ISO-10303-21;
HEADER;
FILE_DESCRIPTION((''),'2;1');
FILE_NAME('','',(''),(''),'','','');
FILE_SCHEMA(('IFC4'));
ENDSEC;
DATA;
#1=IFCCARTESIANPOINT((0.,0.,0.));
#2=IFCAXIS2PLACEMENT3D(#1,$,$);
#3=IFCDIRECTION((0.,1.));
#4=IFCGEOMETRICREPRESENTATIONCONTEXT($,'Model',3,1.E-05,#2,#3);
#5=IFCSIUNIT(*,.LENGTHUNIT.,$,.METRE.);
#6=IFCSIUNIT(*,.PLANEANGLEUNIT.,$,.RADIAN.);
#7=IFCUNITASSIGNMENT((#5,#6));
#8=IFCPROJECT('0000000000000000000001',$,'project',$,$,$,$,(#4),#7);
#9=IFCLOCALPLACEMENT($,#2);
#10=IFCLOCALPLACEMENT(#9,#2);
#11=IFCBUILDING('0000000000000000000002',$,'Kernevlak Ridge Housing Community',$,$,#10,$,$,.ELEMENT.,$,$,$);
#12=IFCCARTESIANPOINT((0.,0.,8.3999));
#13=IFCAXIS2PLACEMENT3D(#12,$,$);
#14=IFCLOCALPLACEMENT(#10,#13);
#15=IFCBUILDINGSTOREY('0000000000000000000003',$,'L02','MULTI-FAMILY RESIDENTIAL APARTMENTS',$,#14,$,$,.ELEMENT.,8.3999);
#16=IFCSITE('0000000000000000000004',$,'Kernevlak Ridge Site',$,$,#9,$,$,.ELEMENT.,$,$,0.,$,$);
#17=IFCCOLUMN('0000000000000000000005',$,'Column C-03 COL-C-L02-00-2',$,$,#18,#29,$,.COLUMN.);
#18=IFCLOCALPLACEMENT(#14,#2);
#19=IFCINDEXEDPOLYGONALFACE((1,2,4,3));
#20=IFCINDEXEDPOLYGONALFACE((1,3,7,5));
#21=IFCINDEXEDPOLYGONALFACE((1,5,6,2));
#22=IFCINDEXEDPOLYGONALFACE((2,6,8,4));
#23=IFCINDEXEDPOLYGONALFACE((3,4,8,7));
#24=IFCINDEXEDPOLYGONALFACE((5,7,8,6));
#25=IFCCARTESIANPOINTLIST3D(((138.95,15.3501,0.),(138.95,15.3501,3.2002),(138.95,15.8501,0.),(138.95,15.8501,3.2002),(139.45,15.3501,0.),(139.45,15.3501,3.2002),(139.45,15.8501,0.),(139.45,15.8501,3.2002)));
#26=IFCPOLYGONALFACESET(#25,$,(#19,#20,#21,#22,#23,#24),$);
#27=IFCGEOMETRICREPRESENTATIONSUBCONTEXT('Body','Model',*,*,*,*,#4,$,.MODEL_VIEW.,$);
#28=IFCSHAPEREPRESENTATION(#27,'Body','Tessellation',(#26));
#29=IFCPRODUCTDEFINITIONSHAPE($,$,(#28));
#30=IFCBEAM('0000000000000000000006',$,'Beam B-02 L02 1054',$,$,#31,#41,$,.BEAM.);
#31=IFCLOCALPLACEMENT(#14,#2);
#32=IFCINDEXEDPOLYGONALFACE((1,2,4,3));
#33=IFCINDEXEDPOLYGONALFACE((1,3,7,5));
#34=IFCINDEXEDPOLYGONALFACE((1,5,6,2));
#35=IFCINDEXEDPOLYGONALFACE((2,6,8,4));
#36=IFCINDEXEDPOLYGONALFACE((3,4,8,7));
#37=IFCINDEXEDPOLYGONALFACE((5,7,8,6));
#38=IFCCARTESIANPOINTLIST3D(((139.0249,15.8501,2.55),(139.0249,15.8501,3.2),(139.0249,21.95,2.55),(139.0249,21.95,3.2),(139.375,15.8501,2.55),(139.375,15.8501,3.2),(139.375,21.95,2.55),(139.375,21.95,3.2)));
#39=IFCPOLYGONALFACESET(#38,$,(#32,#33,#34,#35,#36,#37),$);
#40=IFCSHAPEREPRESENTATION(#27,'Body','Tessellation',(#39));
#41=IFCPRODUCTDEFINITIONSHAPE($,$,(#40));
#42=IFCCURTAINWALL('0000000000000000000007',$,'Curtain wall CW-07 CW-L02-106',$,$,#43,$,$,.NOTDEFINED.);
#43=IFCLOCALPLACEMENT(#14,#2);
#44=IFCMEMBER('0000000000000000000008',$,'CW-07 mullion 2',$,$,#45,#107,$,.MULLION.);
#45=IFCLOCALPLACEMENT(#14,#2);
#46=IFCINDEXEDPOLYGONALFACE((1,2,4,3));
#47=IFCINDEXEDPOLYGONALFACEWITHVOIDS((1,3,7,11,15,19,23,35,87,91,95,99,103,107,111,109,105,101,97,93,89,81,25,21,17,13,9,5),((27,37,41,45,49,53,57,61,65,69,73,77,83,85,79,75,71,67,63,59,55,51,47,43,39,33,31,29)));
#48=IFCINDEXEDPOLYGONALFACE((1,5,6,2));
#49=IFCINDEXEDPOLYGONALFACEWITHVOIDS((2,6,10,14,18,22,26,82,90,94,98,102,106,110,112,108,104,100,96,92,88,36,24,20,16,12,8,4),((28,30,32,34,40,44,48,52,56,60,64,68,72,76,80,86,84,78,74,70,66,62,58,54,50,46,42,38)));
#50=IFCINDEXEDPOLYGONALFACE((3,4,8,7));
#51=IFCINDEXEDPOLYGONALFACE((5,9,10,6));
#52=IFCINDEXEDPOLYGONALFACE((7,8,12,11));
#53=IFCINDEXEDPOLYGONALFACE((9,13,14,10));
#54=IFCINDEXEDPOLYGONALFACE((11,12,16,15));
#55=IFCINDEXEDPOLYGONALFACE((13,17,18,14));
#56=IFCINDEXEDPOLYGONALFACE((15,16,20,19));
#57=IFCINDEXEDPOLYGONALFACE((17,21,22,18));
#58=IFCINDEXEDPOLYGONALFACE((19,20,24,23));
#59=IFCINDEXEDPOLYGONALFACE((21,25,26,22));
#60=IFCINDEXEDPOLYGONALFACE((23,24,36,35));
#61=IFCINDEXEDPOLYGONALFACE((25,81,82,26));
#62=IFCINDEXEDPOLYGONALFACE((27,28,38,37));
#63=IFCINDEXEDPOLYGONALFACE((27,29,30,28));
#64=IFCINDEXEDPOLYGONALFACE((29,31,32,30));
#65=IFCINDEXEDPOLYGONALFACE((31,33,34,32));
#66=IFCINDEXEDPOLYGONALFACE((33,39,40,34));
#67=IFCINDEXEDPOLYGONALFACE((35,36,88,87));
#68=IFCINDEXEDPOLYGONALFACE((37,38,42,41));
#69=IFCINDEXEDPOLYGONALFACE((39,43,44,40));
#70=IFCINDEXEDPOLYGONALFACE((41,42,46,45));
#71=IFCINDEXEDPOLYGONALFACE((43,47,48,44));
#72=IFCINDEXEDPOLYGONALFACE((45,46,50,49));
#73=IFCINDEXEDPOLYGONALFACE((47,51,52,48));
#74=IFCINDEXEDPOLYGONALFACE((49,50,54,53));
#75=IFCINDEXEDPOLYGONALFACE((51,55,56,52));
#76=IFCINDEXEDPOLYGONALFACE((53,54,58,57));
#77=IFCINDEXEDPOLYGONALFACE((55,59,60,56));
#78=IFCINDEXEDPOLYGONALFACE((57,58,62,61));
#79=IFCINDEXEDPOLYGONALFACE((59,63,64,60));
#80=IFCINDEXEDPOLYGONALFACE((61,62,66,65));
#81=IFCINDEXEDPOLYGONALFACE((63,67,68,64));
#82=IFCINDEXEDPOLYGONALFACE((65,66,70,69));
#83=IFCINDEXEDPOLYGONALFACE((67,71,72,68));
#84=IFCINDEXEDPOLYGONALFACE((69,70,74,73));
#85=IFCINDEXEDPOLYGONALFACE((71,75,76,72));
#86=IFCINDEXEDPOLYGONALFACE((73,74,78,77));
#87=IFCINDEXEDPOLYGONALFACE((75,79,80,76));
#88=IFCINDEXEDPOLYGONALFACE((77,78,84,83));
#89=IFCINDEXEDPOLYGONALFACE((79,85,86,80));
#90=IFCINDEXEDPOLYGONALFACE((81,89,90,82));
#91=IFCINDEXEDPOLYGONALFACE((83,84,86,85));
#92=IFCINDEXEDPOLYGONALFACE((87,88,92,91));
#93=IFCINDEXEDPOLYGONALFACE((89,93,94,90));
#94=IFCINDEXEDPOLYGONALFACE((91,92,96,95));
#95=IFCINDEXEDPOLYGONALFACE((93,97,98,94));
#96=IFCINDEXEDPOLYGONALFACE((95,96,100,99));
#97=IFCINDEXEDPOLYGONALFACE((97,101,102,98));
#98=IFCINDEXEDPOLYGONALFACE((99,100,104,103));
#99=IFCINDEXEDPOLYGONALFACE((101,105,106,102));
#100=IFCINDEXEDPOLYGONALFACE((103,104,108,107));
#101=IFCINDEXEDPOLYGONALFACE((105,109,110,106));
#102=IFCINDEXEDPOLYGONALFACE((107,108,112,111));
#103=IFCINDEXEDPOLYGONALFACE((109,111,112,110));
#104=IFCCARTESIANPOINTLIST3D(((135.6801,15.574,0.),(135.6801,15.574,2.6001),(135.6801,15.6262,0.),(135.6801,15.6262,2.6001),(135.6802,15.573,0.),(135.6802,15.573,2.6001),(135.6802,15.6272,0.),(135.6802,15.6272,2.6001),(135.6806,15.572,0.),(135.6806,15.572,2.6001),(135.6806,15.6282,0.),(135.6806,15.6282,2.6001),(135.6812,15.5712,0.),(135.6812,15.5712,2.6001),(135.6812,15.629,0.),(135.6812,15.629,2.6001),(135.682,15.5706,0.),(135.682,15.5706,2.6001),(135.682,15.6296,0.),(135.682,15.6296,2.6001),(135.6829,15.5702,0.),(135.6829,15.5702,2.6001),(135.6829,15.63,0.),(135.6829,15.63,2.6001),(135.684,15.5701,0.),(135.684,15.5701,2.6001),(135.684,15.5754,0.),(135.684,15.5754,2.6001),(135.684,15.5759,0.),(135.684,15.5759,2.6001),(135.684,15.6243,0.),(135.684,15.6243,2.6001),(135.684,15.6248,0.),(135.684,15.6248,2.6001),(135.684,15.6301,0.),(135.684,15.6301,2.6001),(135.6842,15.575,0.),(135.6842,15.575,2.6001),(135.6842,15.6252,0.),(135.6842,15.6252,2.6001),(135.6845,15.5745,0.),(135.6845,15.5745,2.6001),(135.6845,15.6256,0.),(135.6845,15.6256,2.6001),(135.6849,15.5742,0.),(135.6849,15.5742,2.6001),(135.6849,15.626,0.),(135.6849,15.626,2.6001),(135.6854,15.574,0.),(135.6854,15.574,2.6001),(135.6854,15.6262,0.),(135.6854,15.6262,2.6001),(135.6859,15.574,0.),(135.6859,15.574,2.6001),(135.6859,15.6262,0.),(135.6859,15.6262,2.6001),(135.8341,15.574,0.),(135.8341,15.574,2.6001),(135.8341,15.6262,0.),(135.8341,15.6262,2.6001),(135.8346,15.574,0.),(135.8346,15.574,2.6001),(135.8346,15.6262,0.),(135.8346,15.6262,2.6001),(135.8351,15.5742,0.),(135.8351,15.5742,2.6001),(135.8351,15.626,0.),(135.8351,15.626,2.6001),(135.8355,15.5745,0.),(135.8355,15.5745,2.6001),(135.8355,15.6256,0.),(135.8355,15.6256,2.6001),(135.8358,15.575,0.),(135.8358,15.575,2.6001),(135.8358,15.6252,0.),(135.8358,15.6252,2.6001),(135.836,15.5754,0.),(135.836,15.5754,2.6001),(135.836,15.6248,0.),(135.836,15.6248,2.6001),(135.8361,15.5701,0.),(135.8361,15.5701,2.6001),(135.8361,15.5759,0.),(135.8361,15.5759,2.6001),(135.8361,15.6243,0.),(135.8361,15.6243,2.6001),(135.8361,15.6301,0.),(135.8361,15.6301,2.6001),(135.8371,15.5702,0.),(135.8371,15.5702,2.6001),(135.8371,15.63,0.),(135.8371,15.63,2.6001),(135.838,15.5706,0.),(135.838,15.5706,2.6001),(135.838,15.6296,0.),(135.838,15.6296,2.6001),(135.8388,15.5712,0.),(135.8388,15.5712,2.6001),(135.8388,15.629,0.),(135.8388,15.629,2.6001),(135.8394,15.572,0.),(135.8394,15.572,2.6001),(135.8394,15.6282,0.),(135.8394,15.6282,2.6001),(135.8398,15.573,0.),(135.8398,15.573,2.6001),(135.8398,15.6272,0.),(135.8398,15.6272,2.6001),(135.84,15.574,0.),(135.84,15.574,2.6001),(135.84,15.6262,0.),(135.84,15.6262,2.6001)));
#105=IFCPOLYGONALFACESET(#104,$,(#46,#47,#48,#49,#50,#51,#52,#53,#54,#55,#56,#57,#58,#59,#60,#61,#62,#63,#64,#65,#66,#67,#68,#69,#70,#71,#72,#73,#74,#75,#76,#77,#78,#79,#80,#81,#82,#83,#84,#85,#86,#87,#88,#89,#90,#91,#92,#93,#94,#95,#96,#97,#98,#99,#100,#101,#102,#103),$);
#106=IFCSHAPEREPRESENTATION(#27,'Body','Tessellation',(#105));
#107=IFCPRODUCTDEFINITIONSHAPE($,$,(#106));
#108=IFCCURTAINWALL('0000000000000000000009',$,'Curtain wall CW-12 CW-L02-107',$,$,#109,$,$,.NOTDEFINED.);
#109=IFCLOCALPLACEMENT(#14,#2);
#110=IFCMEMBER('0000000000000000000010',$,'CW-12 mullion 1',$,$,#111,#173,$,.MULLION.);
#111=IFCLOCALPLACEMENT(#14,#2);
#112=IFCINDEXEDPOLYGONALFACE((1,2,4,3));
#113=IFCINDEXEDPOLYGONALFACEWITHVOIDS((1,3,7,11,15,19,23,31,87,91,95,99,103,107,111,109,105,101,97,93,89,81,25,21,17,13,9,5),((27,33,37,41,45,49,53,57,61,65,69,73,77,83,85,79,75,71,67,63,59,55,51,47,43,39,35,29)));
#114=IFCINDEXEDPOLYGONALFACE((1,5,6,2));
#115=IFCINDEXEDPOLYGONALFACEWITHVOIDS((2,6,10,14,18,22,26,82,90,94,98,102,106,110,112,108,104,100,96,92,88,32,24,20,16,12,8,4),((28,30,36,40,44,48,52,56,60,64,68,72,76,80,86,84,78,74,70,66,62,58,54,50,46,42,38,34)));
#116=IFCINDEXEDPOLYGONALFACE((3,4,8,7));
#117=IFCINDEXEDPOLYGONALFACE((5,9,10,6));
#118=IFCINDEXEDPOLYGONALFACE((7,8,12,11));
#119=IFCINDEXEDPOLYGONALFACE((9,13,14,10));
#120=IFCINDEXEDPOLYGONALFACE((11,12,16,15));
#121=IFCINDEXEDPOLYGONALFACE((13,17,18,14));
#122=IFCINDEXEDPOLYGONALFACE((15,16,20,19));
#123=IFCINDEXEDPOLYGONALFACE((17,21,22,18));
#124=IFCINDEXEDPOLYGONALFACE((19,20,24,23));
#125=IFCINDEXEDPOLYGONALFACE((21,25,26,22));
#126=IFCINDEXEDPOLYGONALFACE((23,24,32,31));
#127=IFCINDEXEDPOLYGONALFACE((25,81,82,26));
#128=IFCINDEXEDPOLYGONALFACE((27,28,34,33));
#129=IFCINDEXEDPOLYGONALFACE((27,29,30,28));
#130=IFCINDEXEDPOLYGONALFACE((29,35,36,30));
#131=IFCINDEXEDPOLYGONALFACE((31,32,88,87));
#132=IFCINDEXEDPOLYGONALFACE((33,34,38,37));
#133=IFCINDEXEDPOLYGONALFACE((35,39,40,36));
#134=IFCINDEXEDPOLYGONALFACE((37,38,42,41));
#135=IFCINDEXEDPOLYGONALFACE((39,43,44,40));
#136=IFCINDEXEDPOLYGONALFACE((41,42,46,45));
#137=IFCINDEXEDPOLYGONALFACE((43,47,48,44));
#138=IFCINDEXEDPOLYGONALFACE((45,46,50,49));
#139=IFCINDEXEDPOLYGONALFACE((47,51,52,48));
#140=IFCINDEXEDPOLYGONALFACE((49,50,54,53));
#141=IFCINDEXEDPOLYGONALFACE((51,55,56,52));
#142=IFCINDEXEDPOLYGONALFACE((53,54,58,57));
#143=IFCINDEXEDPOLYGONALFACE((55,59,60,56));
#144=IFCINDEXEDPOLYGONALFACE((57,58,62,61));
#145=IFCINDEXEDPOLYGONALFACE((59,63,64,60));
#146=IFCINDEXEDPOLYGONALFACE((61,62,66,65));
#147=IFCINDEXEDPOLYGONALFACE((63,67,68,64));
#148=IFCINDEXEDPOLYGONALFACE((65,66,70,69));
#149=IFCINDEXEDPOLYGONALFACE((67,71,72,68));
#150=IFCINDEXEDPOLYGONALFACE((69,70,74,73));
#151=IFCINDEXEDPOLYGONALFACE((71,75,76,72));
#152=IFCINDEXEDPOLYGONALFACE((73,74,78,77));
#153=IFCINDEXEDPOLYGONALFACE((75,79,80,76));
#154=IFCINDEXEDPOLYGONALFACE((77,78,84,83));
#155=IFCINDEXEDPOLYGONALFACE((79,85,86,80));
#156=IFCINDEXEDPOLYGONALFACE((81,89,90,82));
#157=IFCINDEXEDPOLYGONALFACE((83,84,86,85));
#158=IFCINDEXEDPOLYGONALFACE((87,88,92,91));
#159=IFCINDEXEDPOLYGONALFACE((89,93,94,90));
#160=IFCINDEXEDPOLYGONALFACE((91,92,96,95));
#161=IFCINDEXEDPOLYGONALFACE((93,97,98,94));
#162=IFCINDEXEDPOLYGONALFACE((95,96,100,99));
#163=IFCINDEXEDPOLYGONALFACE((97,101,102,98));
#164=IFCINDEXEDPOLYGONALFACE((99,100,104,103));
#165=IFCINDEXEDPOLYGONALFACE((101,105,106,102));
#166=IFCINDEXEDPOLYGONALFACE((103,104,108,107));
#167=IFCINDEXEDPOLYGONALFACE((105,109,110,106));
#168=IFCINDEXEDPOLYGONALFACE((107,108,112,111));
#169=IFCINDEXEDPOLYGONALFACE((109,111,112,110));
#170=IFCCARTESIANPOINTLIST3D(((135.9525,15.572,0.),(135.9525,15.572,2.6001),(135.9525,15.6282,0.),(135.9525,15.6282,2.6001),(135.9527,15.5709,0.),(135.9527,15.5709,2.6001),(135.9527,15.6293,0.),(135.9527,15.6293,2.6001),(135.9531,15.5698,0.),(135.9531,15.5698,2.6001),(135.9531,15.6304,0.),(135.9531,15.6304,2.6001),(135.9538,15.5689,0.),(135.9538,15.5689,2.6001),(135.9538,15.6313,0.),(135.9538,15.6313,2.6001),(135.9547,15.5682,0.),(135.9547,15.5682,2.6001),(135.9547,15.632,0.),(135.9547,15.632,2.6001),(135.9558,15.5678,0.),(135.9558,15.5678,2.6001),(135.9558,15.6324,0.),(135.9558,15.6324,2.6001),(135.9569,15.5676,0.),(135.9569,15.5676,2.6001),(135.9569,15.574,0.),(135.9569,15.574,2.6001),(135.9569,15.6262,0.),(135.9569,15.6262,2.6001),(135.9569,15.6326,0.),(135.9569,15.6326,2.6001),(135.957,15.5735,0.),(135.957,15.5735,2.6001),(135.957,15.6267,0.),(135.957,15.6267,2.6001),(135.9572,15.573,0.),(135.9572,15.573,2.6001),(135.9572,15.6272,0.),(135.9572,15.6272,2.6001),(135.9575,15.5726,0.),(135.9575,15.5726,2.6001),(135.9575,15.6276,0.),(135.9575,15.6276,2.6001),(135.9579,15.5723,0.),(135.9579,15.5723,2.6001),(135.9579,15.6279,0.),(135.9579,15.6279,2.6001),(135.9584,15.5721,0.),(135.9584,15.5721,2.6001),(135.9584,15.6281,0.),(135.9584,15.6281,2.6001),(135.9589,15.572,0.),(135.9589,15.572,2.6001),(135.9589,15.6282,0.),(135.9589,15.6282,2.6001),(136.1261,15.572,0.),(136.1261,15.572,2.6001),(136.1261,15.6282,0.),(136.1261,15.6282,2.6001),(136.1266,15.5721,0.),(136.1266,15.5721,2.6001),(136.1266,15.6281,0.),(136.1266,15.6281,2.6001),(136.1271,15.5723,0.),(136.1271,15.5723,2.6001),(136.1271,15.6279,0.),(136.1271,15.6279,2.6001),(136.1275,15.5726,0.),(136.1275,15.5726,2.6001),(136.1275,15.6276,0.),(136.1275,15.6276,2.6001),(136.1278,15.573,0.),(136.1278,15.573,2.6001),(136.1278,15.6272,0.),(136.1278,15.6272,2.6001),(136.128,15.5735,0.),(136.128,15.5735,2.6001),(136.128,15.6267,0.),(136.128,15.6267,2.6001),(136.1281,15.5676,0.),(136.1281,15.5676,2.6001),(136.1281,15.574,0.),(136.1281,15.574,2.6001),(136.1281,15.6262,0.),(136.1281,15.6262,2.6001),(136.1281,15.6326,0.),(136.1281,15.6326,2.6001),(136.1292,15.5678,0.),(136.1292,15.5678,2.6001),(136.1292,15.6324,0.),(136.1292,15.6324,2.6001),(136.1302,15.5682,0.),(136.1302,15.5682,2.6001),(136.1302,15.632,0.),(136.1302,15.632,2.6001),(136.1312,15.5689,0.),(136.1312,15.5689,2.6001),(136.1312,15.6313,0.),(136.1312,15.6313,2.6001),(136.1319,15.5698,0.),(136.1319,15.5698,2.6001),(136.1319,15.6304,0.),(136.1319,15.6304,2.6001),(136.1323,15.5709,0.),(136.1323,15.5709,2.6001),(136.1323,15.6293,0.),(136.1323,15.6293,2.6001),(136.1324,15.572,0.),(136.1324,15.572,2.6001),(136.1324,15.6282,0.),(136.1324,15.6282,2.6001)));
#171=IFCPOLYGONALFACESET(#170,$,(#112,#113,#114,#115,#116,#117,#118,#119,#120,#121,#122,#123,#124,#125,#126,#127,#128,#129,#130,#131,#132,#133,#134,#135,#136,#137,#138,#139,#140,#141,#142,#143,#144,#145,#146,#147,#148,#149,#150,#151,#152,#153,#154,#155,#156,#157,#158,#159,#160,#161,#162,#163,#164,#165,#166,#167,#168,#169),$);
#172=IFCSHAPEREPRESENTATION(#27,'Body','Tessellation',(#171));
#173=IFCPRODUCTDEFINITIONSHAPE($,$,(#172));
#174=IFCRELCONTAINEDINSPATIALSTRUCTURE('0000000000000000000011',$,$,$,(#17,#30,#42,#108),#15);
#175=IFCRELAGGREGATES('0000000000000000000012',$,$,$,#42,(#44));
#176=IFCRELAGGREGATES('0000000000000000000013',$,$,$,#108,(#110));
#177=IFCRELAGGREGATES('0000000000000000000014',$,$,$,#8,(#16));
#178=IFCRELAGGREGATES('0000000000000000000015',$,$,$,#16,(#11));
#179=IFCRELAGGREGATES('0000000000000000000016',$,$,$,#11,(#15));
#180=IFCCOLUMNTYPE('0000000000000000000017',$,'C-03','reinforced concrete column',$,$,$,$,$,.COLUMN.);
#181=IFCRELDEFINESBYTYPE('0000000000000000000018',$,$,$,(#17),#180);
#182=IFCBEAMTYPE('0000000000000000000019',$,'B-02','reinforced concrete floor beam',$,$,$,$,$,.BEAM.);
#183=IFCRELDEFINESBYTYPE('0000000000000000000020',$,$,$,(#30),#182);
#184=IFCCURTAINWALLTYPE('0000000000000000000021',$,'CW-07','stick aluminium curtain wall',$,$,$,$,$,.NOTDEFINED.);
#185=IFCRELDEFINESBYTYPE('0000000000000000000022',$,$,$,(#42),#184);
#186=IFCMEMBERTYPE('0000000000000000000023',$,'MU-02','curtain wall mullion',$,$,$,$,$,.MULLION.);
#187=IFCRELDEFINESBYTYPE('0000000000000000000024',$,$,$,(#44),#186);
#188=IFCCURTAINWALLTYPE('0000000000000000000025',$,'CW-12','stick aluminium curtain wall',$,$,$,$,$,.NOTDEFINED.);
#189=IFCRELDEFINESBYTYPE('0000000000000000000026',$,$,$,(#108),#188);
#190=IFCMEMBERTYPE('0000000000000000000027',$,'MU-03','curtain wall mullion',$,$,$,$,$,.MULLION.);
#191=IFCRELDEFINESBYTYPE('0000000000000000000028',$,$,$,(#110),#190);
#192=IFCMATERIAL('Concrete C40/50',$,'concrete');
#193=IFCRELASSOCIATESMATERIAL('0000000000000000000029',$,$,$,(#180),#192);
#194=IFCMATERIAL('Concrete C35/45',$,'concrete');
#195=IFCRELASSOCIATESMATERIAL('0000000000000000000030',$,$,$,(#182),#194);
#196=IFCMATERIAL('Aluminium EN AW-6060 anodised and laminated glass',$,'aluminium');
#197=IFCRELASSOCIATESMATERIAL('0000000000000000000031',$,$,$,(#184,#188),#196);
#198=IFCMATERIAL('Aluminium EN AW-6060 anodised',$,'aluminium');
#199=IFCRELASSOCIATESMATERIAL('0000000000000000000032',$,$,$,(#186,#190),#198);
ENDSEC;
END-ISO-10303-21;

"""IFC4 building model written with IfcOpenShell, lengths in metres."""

from ifc_helpers import new_model, si_unit, direction, frame, origin, origin_2d, place, context, subcontext, project, spatial, rectangle, hollow_rectangle, extrude, material, material_profile, profile_set, type_object, element, aggregate, save


model = new_model("IFC4")

# Units and contexts
model_context = context("Model", 3, precision=1e-05, world=origin(), true_north=direction((0.0, 1.0)))
body_context = subcontext(model_context, "Body", "Model", "MODEL_VIEW")
ifc_project = project(units=[si_unit("LENGTHUNIT", "METRE"), si_unit("PLANEANGLEUNIT", "RADIAN")], contexts=[model_context])

# Site, building, storey
site_placement = place(None, origin())
site = spatial("IfcSite", under=ifc_project, at=site_placement, Name="Kernevlak Ridge Site", CompositionType="ELEMENT", RefElevation=0.0)
building_placement = place(site_placement, origin())
building = spatial("IfcBuilding", under=site, at=building_placement, Name="Kernevlak Ridge Housing Community", CompositionType="ELEMENT")
storey_placement = place(building_placement, frame((0.0, 0.0, 8.3999)))
storey = spatial("IfcBuildingStorey", under=building, at=storey_placement, Name="L02", Description="MULTI-FAMILY RESIDENTIAL APARTMENTS", CompositionType="ELEMENT", Elevation=8.3999)

# Column
ifc_material_1 = material(Name="Concrete C40/50", Category="concrete")
ifc_material_profile_1 = material_profile(ifc_material_1, rectangle(XDim=0.5, YDim=0.5, at=origin_2d()), Name="RC 500x500")
ifc_profile_set_1 = profile_set([ifc_material_profile_1], Name="Concrete C40/50")
column_type = type_object("IfcColumnType", Name="C-03", Description="reinforced concrete column", PredefinedType="COLUMN", material=ifc_profile_set_1)
column_placement = place(storey_placement, frame((139.2, 15.6001, 0.0), z_axis=(0.0, 0.0, 1.0), x_axis=(1.0, 0.0, 0.0)))
element("IfcColumn", 1, at=column_placement, inside=storey, type_object=column_type, Name="Column C-03 COL-C-L02-00-2", PredefinedType="COLUMN", context=body_context, shape_type="SweptSolid", body=[
    extrude(rectangle(XDim=0.5, YDim=0.5, at=origin_2d()), origin(), (0.0, 0.0, 1.0), 3.2002),
])

# Beam
ifc_material_2 = material(Name="Concrete C35/45", Category="concrete")
ifc_material_profile_2 = material_profile(ifc_material_2, rectangle(XDim=0.3501, YDim=0.6499, at=origin_2d()), Name="RC 350x650")
ifc_profile_set_2 = profile_set([ifc_material_profile_2], Name="Concrete C35/45")
beam_type = type_object("IfcBeamType", Name="B-02", Description="reinforced concrete floor beam", PredefinedType="BEAM", material=ifc_profile_set_2)
beam_placement = place(storey_placement, frame((139.2, 15.8501, 2.875), z_axis=(0.0, 1.0, 0.0), x_axis=(-1.0, 0.0, 0.0)))
element("IfcBeam", 2, at=beam_placement, inside=storey, type_object=beam_type, Name="Beam B-02 L02 1054", PredefinedType="BEAM", context=body_context, shape_type="SweptSolid", body=[
    extrude(rectangle(XDim=0.3501, YDim=0.6499, at=origin_2d()), origin(), (0.0, 0.0, 1.0), 6.0999),
])

# Curtain wall, member
ifc_material_3 = material(Name="Aluminium EN AW-6060 anodised and laminated glass", Category="aluminium")
curtain_wall_type_1 = type_object("IfcCurtainWallType", Name="CW-07", Description="stick aluminium curtain wall", PredefinedType="NOTDEFINED", material=ifc_material_3)
curtain_wall_1_placement = place(storey_placement, origin())
curtain_wall_1 = element("IfcCurtainWall", 3, at=curtain_wall_1_placement, inside=storey, type_object=curtain_wall_type_1, Name="Curtain wall CW-07 CW-L02-106", PredefinedType="NOTDEFINED")
ifc_material_4 = material(Name="Aluminium EN AW-6060 anodised", Category="aluminium")
ifc_material_profile_3 = material_profile(ifc_material_4, hollow_rectangle(XDim=0.0601, YDim=0.1599, WallThickness=0.0039, InnerFilletRadius=0.002, OuterFilletRadius=0.0039, at=origin_2d()), Name="ALU 60x160x4")
ifc_profile_set_3 = profile_set([ifc_material_profile_3], Name="Aluminium EN AW-6060 anodised")
member_type_1 = type_object("IfcMemberType", Name="MU-02", Description="curtain wall mullion", PredefinedType="MULLION", material=ifc_profile_set_3)
member_1_placement = place(storey_placement, frame((135.76, 15.6001, 0.0), z_axis=(0.0, 0.0, 1.0), x_axis=(0.0, 1.0, 0.0)))
member_1 = element("IfcMember", 4, at=member_1_placement, type_object=member_type_1, Name="CW-07 mullion 2", PredefinedType="MULLION", context=body_context, shape_type="SweptSolid", body=[
    extrude(hollow_rectangle(XDim=0.0601, YDim=0.1599, WallThickness=0.0039, InnerFilletRadius=0.002, OuterFilletRadius=0.0039, at=origin_2d()), origin(), (0.0, 0.0, 1.0), 2.6001),
])

# Curtain wall, member
curtain_wall_type_2 = type_object("IfcCurtainWallType", Name="CW-12", Description="stick aluminium curtain wall", PredefinedType="NOTDEFINED", material=ifc_material_3)
curtain_wall_2_placement = place(storey_placement, origin())
curtain_wall_2 = element("IfcCurtainWall", 5, at=curtain_wall_2_placement, inside=storey, type_object=curtain_wall_type_2, Name="Curtain wall CW-12 CW-L02-107", PredefinedType="NOTDEFINED")
ifc_material_profile_4 = material_profile(ifc_material_4, hollow_rectangle(XDim=0.0649, YDim=0.1799, WallThickness=0.0044, InnerFilletRadius=0.002, OuterFilletRadius=0.0044, at=origin_2d()), Name="ALU 65x180x4.5")
ifc_profile_set_4 = profile_set([ifc_material_profile_4], Name="Aluminium EN AW-6060 anodised")
member_type_2 = type_object("IfcMemberType", Name="MU-03", Description="curtain wall mullion", PredefinedType="MULLION", material=ifc_profile_set_4)
member_2_placement = place(storey_placement, frame((136.0425, 15.6001, 0.0), z_axis=(0.0, 0.0, 1.0), x_axis=(0.0, 1.0, 0.0)))
member_2 = element("IfcMember", 6, at=member_2_placement, type_object=member_type_2, Name="CW-12 mullion 1", PredefinedType="MULLION", context=body_context, shape_type="SweptSolid", body=[
    extrude(hollow_rectangle(XDim=0.0649, YDim=0.1799, WallThickness=0.0044, InnerFilletRadius=0.002, OuterFilletRadius=0.0044, at=origin_2d()), origin(), (0.0, 0.0, 1.0), 2.6001),
])

aggregate(curtain_wall_1, [member_1])
aggregate(curtain_wall_2, [member_2])

save(model, "model.ifc")
